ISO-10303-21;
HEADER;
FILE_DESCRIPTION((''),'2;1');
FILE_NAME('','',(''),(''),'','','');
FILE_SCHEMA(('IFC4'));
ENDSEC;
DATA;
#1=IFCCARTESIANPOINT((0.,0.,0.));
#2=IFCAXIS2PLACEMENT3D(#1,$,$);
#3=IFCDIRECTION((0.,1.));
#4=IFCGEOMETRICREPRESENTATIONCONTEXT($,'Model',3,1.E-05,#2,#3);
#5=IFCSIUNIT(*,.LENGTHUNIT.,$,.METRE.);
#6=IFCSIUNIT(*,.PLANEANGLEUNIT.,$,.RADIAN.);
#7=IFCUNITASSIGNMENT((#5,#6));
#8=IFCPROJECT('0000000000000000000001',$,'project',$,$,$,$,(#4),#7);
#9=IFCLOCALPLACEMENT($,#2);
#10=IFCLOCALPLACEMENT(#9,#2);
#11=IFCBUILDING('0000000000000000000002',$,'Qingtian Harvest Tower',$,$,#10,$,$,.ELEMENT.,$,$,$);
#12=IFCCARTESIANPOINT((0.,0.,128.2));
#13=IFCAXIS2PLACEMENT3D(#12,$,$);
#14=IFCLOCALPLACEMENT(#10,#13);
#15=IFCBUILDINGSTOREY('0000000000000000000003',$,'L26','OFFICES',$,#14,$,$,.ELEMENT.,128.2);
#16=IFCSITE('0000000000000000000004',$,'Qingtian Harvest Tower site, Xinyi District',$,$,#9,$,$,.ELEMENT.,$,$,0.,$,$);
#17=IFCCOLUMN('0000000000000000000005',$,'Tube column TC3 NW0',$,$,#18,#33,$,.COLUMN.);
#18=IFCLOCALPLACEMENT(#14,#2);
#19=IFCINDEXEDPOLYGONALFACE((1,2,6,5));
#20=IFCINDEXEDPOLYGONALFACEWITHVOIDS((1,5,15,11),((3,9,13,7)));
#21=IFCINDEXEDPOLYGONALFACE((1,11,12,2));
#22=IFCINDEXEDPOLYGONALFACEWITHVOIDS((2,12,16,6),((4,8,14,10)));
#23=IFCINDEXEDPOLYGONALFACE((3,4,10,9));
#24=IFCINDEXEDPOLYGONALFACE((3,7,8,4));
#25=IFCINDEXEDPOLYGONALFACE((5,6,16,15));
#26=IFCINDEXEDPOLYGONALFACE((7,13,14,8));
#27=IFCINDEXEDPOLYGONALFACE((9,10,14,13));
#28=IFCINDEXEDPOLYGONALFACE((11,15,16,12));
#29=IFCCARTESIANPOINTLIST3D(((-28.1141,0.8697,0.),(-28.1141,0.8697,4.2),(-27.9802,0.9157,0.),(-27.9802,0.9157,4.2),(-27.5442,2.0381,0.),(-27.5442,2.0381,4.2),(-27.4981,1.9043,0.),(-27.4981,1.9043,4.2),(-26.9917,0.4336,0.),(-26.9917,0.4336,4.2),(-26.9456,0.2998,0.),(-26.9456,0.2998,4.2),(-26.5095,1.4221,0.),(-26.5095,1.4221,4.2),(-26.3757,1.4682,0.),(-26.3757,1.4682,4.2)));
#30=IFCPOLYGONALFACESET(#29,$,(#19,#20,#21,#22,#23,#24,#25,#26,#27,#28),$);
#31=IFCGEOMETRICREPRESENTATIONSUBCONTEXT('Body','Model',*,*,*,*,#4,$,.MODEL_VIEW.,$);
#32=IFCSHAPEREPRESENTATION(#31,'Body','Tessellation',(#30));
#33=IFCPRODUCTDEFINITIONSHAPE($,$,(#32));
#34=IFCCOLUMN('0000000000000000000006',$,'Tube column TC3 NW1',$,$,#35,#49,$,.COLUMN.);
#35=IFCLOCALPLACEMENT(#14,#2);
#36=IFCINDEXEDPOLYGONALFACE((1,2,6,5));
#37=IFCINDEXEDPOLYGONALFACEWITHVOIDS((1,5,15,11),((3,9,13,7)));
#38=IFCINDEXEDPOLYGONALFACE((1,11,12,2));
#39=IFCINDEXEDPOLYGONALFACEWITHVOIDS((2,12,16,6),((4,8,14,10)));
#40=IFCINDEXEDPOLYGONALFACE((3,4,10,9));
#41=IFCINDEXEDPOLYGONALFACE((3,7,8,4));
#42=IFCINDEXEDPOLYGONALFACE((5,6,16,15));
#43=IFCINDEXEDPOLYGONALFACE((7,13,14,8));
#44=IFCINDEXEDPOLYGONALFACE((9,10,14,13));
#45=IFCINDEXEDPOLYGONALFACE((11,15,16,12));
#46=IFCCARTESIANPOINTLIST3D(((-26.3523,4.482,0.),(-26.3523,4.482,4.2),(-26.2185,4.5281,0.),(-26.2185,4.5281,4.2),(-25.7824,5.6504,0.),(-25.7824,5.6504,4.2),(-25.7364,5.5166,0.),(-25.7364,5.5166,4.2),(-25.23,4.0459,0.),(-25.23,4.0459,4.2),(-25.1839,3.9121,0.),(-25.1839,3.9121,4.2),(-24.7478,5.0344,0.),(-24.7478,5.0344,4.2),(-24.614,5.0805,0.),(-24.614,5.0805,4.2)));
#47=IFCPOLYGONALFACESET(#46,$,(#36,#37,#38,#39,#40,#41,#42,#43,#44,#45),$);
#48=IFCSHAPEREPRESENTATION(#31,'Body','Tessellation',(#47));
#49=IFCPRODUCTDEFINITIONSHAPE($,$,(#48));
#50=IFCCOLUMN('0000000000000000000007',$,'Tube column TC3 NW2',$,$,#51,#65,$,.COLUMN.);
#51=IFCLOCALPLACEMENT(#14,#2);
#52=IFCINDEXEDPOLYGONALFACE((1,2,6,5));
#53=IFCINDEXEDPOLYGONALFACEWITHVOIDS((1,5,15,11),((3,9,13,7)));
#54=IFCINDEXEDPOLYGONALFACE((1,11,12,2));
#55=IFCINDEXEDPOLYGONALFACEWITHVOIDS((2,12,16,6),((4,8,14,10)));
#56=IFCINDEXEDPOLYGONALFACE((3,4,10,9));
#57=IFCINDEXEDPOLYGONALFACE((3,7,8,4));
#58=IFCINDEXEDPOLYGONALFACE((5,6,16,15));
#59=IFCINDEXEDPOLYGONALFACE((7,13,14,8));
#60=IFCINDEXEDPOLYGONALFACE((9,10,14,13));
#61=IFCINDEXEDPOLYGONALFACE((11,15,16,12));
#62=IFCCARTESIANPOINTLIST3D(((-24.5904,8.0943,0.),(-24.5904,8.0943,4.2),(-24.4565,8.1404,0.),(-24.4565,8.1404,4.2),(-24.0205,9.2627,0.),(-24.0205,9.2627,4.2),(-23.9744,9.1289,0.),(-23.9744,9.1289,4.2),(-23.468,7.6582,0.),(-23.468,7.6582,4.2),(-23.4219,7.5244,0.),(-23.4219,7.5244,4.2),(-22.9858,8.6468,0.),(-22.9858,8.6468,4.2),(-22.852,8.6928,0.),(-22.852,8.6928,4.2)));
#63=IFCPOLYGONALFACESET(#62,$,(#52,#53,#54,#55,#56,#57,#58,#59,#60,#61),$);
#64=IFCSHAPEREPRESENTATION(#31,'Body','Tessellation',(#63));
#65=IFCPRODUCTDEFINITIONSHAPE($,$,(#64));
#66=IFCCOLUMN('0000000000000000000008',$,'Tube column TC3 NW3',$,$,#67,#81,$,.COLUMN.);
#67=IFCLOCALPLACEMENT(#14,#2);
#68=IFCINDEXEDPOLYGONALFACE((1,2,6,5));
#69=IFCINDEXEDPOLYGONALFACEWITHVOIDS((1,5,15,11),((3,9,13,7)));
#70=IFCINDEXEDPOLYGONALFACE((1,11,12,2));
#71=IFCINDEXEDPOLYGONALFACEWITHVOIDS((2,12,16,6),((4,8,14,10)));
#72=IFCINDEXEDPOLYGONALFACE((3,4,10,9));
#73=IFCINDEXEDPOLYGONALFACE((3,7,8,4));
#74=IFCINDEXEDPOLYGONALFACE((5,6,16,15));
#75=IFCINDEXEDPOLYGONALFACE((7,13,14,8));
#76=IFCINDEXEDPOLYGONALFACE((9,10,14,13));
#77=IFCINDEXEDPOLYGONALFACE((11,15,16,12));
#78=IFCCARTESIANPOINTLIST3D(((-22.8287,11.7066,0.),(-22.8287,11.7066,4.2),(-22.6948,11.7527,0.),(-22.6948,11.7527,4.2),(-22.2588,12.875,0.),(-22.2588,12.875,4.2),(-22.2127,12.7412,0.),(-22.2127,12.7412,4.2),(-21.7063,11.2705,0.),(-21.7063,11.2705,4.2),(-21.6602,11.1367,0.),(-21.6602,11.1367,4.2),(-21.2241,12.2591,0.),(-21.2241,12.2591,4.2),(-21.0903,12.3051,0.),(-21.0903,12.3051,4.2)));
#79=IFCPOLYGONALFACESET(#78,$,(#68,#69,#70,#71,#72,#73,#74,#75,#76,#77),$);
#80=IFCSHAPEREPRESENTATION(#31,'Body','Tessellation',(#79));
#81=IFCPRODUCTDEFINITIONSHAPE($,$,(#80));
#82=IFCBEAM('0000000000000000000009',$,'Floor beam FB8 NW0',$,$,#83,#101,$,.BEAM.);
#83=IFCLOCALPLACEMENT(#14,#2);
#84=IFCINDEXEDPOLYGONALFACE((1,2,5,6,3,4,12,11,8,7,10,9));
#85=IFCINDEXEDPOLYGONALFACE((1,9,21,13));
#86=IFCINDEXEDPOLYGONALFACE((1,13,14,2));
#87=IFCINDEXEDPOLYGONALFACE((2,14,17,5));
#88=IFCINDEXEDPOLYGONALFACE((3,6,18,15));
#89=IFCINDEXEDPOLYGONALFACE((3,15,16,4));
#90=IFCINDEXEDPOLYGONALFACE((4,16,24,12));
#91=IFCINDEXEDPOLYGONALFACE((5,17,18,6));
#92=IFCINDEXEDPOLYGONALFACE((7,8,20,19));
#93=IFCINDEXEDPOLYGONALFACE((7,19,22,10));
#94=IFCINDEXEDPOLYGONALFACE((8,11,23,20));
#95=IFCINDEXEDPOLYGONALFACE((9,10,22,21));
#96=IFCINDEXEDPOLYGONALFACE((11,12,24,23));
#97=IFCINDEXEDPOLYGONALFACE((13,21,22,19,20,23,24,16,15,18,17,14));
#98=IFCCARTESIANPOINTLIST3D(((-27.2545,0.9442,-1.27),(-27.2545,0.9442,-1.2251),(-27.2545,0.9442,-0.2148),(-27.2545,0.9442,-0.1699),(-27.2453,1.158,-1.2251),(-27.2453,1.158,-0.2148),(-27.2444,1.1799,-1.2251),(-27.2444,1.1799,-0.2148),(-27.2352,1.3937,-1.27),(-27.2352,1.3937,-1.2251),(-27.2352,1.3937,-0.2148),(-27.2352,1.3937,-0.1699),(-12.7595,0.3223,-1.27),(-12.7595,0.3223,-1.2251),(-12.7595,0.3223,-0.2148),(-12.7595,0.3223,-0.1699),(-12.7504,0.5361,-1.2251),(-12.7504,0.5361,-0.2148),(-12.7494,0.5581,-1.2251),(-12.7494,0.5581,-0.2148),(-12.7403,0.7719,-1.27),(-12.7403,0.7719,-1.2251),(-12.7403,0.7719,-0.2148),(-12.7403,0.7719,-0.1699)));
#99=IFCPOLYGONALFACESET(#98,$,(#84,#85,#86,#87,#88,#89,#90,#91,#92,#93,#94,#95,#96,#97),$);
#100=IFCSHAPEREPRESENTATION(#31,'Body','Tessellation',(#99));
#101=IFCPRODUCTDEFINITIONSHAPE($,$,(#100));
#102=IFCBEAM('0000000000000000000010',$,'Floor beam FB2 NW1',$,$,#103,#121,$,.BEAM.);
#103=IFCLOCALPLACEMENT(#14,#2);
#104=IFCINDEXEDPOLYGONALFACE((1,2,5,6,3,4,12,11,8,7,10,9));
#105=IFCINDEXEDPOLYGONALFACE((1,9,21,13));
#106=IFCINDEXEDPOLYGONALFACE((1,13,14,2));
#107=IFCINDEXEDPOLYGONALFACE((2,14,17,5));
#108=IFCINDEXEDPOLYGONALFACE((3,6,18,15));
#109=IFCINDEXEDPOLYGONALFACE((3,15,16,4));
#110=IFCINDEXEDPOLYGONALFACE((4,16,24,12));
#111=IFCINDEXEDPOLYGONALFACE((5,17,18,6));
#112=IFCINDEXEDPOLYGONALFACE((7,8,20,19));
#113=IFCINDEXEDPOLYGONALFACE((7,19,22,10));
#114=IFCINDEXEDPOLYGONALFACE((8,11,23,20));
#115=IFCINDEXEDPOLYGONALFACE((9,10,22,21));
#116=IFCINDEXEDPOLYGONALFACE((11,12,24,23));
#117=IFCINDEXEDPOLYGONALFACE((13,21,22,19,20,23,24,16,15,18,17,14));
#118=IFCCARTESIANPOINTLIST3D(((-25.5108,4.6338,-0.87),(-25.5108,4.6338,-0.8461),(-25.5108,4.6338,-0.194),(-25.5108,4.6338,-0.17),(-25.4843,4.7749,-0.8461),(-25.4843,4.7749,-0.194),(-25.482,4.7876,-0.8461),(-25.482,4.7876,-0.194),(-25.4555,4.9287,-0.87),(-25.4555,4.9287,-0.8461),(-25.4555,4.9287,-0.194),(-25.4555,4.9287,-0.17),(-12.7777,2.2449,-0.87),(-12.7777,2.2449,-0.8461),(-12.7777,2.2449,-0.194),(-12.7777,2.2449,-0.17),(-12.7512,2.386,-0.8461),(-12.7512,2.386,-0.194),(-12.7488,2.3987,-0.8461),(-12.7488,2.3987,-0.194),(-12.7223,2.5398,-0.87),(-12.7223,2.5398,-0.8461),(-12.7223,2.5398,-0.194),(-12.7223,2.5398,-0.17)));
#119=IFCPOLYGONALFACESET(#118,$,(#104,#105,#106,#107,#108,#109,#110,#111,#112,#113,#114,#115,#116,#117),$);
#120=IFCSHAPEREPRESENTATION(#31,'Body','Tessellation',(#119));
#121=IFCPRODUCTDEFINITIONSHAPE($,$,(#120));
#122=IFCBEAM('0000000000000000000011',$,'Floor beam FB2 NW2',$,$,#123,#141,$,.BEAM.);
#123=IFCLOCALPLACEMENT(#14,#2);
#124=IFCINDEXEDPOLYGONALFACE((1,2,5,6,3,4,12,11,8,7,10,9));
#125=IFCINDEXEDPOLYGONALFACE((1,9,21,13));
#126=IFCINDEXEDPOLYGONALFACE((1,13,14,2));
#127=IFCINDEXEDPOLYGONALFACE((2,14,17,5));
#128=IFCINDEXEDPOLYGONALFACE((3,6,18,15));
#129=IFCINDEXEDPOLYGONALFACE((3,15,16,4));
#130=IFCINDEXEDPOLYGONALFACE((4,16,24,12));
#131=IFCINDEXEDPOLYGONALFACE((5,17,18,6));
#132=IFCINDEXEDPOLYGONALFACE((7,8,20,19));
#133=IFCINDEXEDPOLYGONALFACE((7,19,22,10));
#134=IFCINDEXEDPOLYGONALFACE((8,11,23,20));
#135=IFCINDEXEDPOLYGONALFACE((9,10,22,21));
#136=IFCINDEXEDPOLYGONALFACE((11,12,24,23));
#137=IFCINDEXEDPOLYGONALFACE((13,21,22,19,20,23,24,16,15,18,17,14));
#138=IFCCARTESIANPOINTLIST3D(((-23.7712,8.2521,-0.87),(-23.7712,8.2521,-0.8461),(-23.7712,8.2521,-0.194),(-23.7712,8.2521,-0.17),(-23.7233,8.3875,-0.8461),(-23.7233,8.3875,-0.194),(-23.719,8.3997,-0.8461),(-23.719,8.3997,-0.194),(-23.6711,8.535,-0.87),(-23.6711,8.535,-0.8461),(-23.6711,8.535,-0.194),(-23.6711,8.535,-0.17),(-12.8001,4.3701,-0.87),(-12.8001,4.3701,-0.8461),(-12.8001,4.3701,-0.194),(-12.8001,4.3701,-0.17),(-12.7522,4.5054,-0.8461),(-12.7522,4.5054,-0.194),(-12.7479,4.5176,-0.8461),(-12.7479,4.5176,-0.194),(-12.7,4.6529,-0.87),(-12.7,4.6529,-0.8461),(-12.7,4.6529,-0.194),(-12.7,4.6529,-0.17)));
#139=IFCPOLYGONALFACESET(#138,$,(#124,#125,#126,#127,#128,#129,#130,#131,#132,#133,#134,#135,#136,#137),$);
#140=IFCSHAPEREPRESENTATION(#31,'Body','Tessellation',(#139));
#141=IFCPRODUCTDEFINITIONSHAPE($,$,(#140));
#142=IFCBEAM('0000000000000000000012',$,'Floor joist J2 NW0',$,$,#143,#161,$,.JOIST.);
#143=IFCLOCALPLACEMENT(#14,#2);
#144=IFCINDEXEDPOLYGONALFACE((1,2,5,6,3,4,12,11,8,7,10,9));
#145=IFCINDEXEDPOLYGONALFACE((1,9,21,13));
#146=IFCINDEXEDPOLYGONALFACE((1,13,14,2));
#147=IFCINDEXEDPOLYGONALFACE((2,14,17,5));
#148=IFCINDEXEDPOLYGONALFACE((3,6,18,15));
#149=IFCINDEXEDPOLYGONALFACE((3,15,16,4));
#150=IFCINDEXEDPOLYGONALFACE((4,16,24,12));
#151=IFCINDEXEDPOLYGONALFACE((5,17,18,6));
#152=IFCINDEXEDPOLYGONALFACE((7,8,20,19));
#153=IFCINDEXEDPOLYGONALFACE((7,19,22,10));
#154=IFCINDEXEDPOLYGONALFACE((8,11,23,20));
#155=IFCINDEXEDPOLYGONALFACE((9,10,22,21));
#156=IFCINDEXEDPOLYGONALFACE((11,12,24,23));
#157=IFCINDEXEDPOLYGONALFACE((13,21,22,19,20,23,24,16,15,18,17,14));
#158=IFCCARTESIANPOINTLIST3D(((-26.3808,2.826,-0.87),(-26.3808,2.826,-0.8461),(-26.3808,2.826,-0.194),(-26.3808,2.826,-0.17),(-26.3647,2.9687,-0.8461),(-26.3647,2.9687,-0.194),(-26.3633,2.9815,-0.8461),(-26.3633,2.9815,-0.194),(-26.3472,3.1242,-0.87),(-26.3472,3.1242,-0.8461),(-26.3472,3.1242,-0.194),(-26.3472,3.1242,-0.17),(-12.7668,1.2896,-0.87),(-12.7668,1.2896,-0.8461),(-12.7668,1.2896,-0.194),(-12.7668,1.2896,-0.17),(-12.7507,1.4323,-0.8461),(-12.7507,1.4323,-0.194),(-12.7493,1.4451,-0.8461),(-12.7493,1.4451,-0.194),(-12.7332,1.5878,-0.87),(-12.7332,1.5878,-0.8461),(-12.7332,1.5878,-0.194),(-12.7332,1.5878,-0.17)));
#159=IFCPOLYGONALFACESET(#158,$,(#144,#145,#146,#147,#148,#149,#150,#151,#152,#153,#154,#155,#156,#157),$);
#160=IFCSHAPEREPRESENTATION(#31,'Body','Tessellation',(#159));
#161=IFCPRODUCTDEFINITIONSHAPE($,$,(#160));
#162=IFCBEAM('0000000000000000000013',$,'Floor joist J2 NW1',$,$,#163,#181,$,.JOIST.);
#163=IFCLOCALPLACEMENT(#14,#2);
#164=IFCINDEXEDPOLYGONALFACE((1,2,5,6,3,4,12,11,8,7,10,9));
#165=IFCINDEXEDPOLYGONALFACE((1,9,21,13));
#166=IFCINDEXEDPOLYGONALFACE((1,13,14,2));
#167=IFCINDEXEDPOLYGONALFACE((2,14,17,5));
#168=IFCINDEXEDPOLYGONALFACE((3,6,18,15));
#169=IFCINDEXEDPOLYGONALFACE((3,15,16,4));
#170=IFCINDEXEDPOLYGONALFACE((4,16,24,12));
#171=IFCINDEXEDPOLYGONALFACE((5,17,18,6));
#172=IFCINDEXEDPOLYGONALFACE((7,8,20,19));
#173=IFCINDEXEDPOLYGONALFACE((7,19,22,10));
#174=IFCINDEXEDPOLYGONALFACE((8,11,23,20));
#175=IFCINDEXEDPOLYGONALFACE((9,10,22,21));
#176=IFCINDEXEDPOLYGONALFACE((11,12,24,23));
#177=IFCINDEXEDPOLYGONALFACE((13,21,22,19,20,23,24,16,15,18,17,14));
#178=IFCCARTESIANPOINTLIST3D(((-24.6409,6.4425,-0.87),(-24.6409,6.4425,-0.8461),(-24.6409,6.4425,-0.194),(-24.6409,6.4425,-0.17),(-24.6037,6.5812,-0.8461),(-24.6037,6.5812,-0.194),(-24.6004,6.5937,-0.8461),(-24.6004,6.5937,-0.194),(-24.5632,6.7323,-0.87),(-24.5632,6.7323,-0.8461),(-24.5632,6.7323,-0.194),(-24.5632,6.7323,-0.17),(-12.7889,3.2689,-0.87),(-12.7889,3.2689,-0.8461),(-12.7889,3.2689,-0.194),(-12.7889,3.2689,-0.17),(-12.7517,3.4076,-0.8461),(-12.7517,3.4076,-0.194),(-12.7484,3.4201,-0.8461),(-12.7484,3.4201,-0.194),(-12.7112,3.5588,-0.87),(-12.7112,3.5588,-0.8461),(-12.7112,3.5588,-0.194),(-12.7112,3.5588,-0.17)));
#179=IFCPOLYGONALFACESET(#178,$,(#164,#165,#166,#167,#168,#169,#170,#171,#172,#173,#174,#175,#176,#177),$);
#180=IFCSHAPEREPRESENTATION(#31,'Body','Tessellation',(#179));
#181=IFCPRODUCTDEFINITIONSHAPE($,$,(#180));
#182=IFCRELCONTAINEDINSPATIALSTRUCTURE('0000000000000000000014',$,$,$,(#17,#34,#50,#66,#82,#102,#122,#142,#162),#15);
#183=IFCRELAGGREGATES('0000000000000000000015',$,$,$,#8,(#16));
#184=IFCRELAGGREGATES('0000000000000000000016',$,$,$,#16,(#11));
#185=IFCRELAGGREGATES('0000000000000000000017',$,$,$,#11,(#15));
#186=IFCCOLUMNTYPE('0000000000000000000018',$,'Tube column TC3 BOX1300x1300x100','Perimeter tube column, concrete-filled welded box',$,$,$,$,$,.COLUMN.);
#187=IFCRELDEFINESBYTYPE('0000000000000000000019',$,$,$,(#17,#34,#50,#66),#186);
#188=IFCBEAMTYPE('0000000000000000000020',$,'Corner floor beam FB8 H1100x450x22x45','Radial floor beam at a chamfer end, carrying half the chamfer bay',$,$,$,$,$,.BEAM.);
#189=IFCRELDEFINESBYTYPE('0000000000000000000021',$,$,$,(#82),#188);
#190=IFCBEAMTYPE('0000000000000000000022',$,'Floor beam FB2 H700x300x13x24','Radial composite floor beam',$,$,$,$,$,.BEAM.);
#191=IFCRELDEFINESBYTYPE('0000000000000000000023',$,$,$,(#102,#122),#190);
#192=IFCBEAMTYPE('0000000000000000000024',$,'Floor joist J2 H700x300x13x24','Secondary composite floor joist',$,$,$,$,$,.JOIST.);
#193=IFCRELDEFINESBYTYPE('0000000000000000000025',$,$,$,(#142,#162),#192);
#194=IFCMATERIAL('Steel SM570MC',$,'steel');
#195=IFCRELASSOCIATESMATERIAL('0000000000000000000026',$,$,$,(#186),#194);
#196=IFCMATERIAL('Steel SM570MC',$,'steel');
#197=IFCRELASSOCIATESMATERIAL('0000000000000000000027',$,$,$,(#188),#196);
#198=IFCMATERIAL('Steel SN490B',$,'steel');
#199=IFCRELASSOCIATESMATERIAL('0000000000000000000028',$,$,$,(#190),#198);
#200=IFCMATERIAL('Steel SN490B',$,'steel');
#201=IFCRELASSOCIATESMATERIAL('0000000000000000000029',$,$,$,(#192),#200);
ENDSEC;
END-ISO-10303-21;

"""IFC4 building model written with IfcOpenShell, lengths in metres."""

from ifc_helpers import new_model, si_unit, direction, frame, origin, origin_2d, place, context, subcontext, project, spatial, hollow_rectangle, i_section, extrude, material, material_profile, profile_set, type_object, element, save


model = new_model("IFC4")

# Units and contexts
model_context = context("Model", 3, precision=1e-05, world=origin(), true_north=direction((0.0, 1.0)))
body_context = subcontext(model_context, "Body", "Model", "MODEL_VIEW")
ifc_project = project(units=[si_unit("LENGTHUNIT", "METRE"), si_unit("PLANEANGLEUNIT", "RADIAN")], contexts=[model_context])

# Site, building, storey
site_placement = place(None, origin())
site = spatial("IfcSite", under=ifc_project, at=site_placement, Name="Qingtian Harvest Tower site, Xinyi District", CompositionType="ELEMENT", RefElevation=0.0)
building_placement = place(site_placement, origin())
building = spatial("IfcBuilding", under=site, at=building_placement, Name="Qingtian Harvest Tower", CompositionType="ELEMENT")
storey_placement = place(building_placement, frame((0.0, 0.0, 128.2)))
storey = spatial("IfcBuildingStorey", under=building, at=storey_placement, Name="L26", Description="OFFICES", CompositionType="ELEMENT", Elevation=128.2)

# Columns
ifc_material_1 = material(Name="Steel SM570MC", Category="steel")
ifc_material_profile_1 = material_profile(ifc_material_1, hollow_rectangle(XDim=1.3, YDim=1.3, WallThickness=0.1001, at=origin_2d()), Name="BOX1300x1300x100")
ifc_profile_set_1 = profile_set([ifc_material_profile_1], Name="Steel SM570MC")
column_type = type_object("IfcColumnType", Name="Tube column TC3 BOX1300x1300x100", Description="Perimeter tube column, concrete-filled welded box", PredefinedType="COLUMN", material=ifc_profile_set_1)
for number, where, z_axis, x_axis, name in (
    (1, (-27.2449, 1.1689, 0.0), (0.0, 0.0, 1.0), (-0.438371, -0.898794, 0.0), "Tube column TC3 NW0"),
    (2, (-25.4832, 4.7812, 0.0), (0.0, 0.0, 1.0), (-0.438371, -0.898794, 0.0), "Tube column TC3 NW1"),
    (3, (-23.7212, 8.3936, 0.0), (0.0, 0.0, 1.0), (-0.438371, -0.898794, 0.0), "Tube column TC3 NW2"),
    (4, (-21.9595, 12.0059, 0.0), (0.0, 0.0, 1.0), (-0.438371, -0.898794, 0.0), "Tube column TC3 NW3"),
):
    element("IfcColumn", number, at=place(storey_placement, frame(where, z_axis=z_axis, x_axis=x_axis)), inside=storey, type_object=column_type, Name=name, PredefinedType="COLUMN", context=body_context, shape_type="SweptSolid", body=[
        extrude(hollow_rectangle(XDim=1.3, YDim=1.3, WallThickness=0.1001, at=origin_2d()), origin(), (0.0, 0.0, 1.0), 4.2),
    ])

# Beams
ifc_material_2 = material(Name="Steel SM570MC", Category="steel")
ifc_material_profile_2 = material_profile(ifc_material_2, i_section(OverallWidth=0.45, OverallDepth=1.1001, WebThickness=0.022, FlangeThickness=0.0449, at=origin_2d()), Name="H1100x450x22x45")
ifc_profile_set_2 = profile_set([ifc_material_profile_2], Name="Steel SM570MC")
beam_type_1 = type_object("IfcBeamType", Name="Corner floor beam FB8 H1100x450x22x45", Description="Radial floor beam at a chamfer end, carrying half the chamfer bay", PredefinedType="BEAM", material=ifc_profile_set_2)
beam_1_placement = place(storey_placement, frame((-27.2449, 1.1689, -0.72), z_axis=(0.999081, -0.04286, 0.0), x_axis=(0.04286, 0.999081, 0.0)))
element("IfcBeam", 5, at=beam_1_placement, inside=storey, type_object=beam_type_1, Name="Floor beam FB8 NW0", PredefinedType="BEAM", context=body_context, shape_type="SweptSolid", body=[
    extrude(i_section(OverallWidth=0.45, OverallDepth=1.1001, WebThickness=0.022, FlangeThickness=0.0449, at=origin_2d()), origin(), (0.0, 0.0, 1.0), 14.5083),
])
ifc_material_3 = material(Name="Steel SN490B", Category="steel")
ifc_material_profile_3 = material_profile(ifc_material_3, i_section(OverallWidth=0.3, OverallDepth=0.7, WebThickness=0.0129, FlangeThickness=0.0239, at=origin_2d()), Name="H700x300x13x24")
ifc_profile_set_3 = profile_set([ifc_material_profile_3], Name="Steel SN490B")
beam_type_2 = type_object("IfcBeamType", Name="Floor beam FB2 H700x300x13x24", Description="Radial composite floor beam", PredefinedType="BEAM", material=ifc_profile_set_3)
beam_2_placement = place(storey_placement, frame((-25.4832, 4.7812, -0.52), z_axis=(0.982852, -0.184397, 0.0), x_axis=(0.184397, 0.982852, 0.0)))
element("IfcBeam", 6, at=beam_2_placement, inside=storey, type_object=beam_type_2, Name="Floor beam FB2 NW1", PredefinedType="BEAM", context=body_context, shape_type="SweptSolid", body=[
    extrude(i_section(OverallWidth=0.3, OverallDepth=0.7, WebThickness=0.0129, FlangeThickness=0.0239, at=origin_2d()), origin(), (0.0, 0.0, 1.0), 12.9553),
])
beam_3_placement = place(storey_placement, frame((-23.7212, 8.3936, -0.52), z_axis=(0.942723, -0.333576, 0.0), x_axis=(0.333576, 0.942723, 0.0)))
element("IfcBeam", 7, at=beam_3_placement, inside=storey, type_object=beam_type_2, Name="Floor beam FB2 NW2", PredefinedType="BEAM", context=body_context, shape_type="SweptSolid", body=[
    extrude(i_section(OverallWidth=0.3, OverallDepth=0.7, WebThickness=0.0129, FlangeThickness=0.0239, at=origin_2d()), origin(), (0.0, 0.0, 1.0), 11.6377),
])
ifc_material_4 = material(Name="Steel SN490B", Category="steel")
ifc_material_profile_4 = material_profile(ifc_material_4, i_section(OverallWidth=0.3, OverallDepth=0.7, WebThickness=0.0129, FlangeThickness=0.0239, at=origin_2d()), Name="H700x300x13x24")
ifc_profile_set_4 = profile_set([ifc_material_profile_4], Name="Steel SN490B")
beam_type_3 = type_object("IfcBeamType", Name="Floor joist J2 H700x300x13x24", Description="Secondary composite floor joist", PredefinedType="JOIST", material=ifc_profile_set_4)
beam_4_placement = place(storey_placement, frame((-26.364, 2.9751, -0.52), z_axis=(0.993692, -0.112141, 0.0), x_axis=(0.112141, 0.993692, 0.0)))
element("IfcBeam", 8, at=beam_4_placement, inside=storey, type_object=beam_type_3, Name="Floor joist J2 NW0", PredefinedType="JOIST", context=body_context, shape_type="SweptSolid", body=[
    extrude(i_section(OverallWidth=0.3, OverallDepth=0.7, WebThickness=0.0129, FlangeThickness=0.0239, at=origin_2d()), origin(), (0.0, 0.0, 1.0), 13.7004),
])
beam_5_placement = place(storey_placement, frame((-24.6021, 6.5874, -0.52), z_axis=(0.96597, -0.258655, 0.0), x_axis=(0.258655, 0.96597, 0.0)))
element("IfcBeam", 9, at=beam_5_placement, inside=storey, type_object=beam_type_3, Name="Floor joist J2 NW1", PredefinedType="JOIST", context=body_context, shape_type="SweptSolid", body=[
    extrude(i_section(OverallWidth=0.3, OverallDepth=0.7, WebThickness=0.0129, FlangeThickness=0.0239, at=origin_2d()), origin(), (0.0, 0.0, 1.0), 12.2695),
])

save(model, "model.ifc")
